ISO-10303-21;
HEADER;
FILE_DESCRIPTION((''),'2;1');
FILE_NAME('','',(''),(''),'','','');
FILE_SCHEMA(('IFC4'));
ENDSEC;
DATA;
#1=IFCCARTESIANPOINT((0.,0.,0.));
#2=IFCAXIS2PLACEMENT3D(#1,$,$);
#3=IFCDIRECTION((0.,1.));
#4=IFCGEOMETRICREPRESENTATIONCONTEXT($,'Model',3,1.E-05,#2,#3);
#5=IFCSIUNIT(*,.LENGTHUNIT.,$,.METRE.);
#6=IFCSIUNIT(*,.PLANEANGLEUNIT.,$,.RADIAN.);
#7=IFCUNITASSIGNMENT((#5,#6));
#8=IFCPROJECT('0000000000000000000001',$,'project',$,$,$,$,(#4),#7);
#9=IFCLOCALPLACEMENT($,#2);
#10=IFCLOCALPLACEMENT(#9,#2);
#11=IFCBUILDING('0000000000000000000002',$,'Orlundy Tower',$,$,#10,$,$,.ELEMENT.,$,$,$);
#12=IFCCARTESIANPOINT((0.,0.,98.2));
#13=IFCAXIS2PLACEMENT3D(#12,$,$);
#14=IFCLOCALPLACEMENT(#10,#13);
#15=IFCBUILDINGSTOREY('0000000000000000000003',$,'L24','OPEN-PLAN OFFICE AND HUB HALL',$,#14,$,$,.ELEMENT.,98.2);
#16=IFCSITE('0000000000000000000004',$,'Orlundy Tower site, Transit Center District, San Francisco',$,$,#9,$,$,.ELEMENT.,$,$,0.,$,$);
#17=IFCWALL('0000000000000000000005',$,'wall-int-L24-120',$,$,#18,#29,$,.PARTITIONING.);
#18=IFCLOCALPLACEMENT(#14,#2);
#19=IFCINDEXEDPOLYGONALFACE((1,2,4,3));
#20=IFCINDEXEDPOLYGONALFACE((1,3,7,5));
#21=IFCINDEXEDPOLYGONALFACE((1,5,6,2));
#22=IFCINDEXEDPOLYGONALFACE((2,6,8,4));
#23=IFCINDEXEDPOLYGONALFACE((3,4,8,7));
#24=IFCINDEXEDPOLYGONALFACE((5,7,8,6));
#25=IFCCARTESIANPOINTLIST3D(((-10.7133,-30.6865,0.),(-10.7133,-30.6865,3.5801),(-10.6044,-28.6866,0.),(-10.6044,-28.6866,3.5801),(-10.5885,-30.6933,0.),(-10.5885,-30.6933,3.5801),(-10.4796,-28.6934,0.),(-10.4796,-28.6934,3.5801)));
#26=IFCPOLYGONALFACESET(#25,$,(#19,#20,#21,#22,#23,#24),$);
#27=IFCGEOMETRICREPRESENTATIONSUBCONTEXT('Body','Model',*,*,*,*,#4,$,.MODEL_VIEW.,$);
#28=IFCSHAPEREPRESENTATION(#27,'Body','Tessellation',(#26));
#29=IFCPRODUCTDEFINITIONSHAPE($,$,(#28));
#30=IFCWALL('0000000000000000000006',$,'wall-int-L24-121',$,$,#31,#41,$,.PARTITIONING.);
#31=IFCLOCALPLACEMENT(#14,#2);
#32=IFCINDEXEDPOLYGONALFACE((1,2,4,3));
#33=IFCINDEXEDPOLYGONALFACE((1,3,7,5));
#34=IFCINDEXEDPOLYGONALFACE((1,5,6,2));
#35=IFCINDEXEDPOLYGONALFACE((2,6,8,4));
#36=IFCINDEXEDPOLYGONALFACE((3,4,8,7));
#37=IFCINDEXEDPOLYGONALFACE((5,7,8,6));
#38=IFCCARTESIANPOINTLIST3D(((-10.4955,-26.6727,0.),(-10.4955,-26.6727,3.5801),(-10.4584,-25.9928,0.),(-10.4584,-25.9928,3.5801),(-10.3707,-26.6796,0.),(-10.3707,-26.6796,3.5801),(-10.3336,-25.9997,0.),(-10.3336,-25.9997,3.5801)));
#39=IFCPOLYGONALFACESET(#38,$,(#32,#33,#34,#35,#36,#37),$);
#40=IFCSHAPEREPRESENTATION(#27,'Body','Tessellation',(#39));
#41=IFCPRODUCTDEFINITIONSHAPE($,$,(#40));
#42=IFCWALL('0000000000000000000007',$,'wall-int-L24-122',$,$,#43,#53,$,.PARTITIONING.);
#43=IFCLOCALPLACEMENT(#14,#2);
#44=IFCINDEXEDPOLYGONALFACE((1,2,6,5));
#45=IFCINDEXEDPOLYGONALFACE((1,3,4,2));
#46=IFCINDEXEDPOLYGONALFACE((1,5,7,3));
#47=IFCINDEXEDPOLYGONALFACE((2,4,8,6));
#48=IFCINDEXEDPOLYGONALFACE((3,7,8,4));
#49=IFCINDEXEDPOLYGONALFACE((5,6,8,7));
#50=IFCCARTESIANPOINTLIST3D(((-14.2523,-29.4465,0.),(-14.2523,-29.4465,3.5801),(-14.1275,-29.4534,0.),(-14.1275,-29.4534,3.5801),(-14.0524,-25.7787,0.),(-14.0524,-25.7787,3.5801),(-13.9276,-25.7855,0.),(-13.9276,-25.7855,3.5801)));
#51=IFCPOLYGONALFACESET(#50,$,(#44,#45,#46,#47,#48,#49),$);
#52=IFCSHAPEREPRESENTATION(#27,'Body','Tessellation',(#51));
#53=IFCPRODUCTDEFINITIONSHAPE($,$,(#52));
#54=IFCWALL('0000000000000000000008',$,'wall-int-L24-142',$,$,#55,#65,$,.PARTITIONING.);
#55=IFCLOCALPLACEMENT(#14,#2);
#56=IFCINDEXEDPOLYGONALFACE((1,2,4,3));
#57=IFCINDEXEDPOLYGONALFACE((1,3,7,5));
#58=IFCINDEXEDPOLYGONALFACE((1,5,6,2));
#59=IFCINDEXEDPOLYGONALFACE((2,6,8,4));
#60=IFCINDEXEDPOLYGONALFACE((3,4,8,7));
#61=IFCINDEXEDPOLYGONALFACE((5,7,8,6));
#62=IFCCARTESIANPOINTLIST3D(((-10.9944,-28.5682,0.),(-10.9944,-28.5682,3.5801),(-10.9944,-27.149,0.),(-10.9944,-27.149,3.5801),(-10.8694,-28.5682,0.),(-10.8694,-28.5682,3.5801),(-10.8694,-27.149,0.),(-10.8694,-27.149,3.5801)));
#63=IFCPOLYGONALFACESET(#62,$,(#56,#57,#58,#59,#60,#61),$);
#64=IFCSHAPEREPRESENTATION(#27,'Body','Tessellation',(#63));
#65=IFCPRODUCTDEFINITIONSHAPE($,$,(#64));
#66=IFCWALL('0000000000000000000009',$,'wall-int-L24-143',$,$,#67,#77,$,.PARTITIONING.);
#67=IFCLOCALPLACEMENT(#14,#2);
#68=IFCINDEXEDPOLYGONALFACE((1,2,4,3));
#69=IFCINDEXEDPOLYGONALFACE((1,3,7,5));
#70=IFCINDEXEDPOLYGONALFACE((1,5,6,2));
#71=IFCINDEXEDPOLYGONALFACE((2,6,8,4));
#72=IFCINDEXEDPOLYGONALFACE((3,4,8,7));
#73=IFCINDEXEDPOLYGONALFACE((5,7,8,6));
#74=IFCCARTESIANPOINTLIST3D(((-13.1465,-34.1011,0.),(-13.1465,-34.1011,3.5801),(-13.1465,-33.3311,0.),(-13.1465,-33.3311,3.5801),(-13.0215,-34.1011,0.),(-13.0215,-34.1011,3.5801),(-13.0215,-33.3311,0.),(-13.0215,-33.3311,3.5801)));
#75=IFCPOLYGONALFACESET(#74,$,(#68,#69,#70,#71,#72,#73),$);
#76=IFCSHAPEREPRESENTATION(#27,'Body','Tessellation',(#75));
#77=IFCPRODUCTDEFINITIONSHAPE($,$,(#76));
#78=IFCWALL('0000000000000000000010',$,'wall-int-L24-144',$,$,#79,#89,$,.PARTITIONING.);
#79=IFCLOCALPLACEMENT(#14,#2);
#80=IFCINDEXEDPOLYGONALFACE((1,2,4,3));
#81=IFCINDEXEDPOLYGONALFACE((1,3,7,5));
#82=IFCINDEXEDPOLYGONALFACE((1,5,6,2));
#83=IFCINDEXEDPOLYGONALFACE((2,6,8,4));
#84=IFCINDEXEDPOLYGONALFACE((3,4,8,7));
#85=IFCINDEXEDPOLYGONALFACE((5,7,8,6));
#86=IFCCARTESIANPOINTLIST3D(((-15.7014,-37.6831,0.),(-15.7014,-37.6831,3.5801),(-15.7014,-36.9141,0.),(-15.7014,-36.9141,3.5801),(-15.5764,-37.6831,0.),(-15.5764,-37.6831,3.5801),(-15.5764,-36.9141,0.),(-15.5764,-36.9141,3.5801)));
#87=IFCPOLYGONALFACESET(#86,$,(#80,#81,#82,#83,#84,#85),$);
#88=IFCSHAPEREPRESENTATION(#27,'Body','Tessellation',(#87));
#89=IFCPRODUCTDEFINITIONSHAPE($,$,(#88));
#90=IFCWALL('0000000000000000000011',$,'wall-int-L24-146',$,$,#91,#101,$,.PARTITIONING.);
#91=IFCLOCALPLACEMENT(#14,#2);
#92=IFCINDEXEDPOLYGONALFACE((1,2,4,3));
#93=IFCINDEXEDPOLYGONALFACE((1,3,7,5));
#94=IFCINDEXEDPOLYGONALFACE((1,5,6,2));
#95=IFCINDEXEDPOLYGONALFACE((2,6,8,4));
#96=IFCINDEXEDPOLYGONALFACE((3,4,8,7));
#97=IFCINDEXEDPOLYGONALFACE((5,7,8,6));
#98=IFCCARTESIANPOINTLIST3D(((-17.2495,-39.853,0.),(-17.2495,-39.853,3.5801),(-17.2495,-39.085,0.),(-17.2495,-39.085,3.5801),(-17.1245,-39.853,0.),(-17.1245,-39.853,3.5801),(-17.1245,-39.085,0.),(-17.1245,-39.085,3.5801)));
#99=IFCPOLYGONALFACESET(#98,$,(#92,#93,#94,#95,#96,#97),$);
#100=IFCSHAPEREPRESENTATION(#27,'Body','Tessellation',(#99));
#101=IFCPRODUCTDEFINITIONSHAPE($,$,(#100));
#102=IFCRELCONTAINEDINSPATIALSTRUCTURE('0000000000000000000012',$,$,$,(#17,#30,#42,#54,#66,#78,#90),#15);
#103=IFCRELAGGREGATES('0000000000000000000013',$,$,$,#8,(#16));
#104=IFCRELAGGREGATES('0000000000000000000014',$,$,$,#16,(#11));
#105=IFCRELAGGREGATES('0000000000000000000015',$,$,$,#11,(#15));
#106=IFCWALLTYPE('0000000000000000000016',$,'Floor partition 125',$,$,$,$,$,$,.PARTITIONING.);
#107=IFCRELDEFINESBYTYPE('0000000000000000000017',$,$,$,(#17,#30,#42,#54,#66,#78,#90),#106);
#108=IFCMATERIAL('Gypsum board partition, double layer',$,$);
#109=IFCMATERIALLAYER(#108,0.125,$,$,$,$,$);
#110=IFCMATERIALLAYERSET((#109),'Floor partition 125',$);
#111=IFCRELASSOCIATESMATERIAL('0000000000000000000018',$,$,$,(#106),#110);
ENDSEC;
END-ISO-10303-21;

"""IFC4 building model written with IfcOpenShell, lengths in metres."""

from ifc_helpers import new_model, si_unit, direction, frame, frame_2d, origin, place, context, subcontext, project, spatial, rectangle, extrude, material, layer, layer_set, type_object, element, save


model = new_model("IFC4")

# Units and contexts
model_context = context("Model", 3, precision=1e-05, world=origin(), true_north=direction((0.0, 1.0)))
body_context = subcontext(model_context, "Body", "Model", "MODEL_VIEW")
ifc_project = project(units=[si_unit("LENGTHUNIT", "METRE"), si_unit("PLANEANGLEUNIT", "RADIAN")], contexts=[model_context])

# Site, building, storey
site_placement = place(None, origin())
site = spatial("IfcSite", under=ifc_project, at=site_placement, Name="Orlundy Tower site, Transit Center District, San Francisco", CompositionType="ELEMENT", RefElevation=0.0)
building_placement = place(site_placement, origin())
building = spatial("IfcBuilding", under=site, at=building_placement, Name="Orlundy Tower", CompositionType="ELEMENT")
storey_placement = place(building_placement, frame((0.0, 0.0, 98.2)))
storey = spatial("IfcBuildingStorey", under=building, at=storey_placement, Name="L24", Description="OPEN-PLAN OFFICE AND HUB HALL", CompositionType="ELEMENT", Elevation=98.2)

# Shared definitions
ifc_material_1 = material(Name="Gypsum board partition, double layer")
ifc_layer_1 = layer(ifc_material_1, 0.125)
ifc_layer_set_1 = layer_set([ifc_layer_1], Name="Floor partition 125")
wall_type_1 = type_object("IfcWallType", Name="Floor partition 125", PredefinedType="PARTITIONING", material=ifc_layer_set_1)

# Walls
wall_1_placement = place(storey_placement, frame((-10.6509, -30.6899, 0.0), z_axis=(0.0, 0.0, 1.0), x_axis=(0.054363, 0.998521, 0.0)))
element("IfcWall", 1, at=wall_1_placement, inside=storey, type_object=wall_type_1, Name="wall-int-L24-120", PredefinedType="PARTITIONING", context=body_context, shape_type="SweptSolid", body=[
    extrude(rectangle(XDim=2.0029, YDim=0.125, at=frame_2d((1.0015, 0.0))), origin(), (0.0, 0.0, 1.0), 3.5801),
])
wall_2_placement = place(storey_placement, frame((-10.4331, -26.676, 0.0), z_axis=(0.0, 0.0, 1.0), x_axis=(0.054497, 0.998514, 0.0)))
element("IfcWall", 2, at=wall_2_placement, inside=storey, type_object=wall_type_1, Name="wall-int-L24-121", PredefinedType="PARTITIONING", context=body_context, shape_type="SweptSolid", body=[
    extrude(rectangle(XDim=0.6809, YDim=0.125, at=frame_2d((0.3403, 0.0))), origin(), (0.0, 0.0, 1.0), 3.5801),
])
wall_3_placement = place(storey_placement, frame((-14.1899, -29.45, 0.0), z_axis=(0.0, 0.0, 1.0), x_axis=(0.054432, 0.998517, 0.0)))
element("IfcWall", 3, at=wall_3_placement, inside=storey, type_object=wall_type_1, Name="wall-int-L24-122", PredefinedType="PARTITIONING", context=body_context, shape_type="SweptSolid", body=[
    extrude(rectangle(XDim=3.6733, YDim=0.125, at=frame_2d((1.8367, 0.0))), origin(), (0.0, 0.0, 1.0), 3.5801),
])
wall_4_placement = place(storey_placement, frame((-10.9319, -28.5681, 0.0), z_axis=(0.0, 0.0, 1.0), x_axis=(0.0, 1.0, 0.0)))
element("IfcWall", 4, at=wall_4_placement, inside=storey, type_object=wall_type_1, Name="wall-int-L24-142", PredefinedType="PARTITIONING", context=body_context, shape_type="SweptSolid", body=[
    extrude(rectangle(XDim=1.4192, YDim=0.125, at=frame_2d((0.7095, 0.0))), origin(), (0.0, 0.0, 1.0), 3.5801),
])
wall_5_placement = place(storey_placement, frame((-13.084, -34.1011, 0.0), z_axis=(0.0, 0.0, 1.0), x_axis=(0.0, 1.0, 0.0)))
element("IfcWall", 5, at=wall_5_placement, inside=storey, type_object=wall_type_1, Name="wall-int-L24-143", PredefinedType="PARTITIONING", context=body_context, shape_type="SweptSolid", body=[
    extrude(rectangle(XDim=0.77, YDim=0.125, at=frame_2d((0.385, 0.0))), origin(), (0.0, 0.0, 1.0), 3.5801),
])
wall_6_placement = place(storey_placement, frame((-15.6389, -37.6831, 0.0), z_axis=(0.0, 0.0, 1.0), x_axis=(0.0, 1.0, 0.0)))
element("IfcWall", 6, at=wall_6_placement, inside=storey, type_object=wall_type_1, Name="wall-int-L24-144", PredefinedType="PARTITIONING", context=body_context, shape_type="SweptSolid", body=[
    extrude(rectangle(XDim=0.769, YDim=0.125, at=frame_2d((0.3845, 0.0))), origin(), (0.0, 0.0, 1.0), 3.5801),
])
wall_7_placement = place(storey_placement, frame((-17.187, -39.853, 0.0), z_axis=(0.0, 0.0, 1.0), x_axis=(0.0, 1.0, 0.0)))
element("IfcWall", 7, at=wall_7_placement, inside=storey, type_object=wall_type_1, Name="wall-int-L24-146", PredefinedType="PARTITIONING", context=body_context, shape_type="SweptSolid", body=[
    extrude(rectangle(XDim=0.7681, YDim=0.125, at=frame_2d((0.384, 0.0))), origin(), (0.0, 0.0, 1.0), 3.5801),
])

save(model, "model.ifc")
